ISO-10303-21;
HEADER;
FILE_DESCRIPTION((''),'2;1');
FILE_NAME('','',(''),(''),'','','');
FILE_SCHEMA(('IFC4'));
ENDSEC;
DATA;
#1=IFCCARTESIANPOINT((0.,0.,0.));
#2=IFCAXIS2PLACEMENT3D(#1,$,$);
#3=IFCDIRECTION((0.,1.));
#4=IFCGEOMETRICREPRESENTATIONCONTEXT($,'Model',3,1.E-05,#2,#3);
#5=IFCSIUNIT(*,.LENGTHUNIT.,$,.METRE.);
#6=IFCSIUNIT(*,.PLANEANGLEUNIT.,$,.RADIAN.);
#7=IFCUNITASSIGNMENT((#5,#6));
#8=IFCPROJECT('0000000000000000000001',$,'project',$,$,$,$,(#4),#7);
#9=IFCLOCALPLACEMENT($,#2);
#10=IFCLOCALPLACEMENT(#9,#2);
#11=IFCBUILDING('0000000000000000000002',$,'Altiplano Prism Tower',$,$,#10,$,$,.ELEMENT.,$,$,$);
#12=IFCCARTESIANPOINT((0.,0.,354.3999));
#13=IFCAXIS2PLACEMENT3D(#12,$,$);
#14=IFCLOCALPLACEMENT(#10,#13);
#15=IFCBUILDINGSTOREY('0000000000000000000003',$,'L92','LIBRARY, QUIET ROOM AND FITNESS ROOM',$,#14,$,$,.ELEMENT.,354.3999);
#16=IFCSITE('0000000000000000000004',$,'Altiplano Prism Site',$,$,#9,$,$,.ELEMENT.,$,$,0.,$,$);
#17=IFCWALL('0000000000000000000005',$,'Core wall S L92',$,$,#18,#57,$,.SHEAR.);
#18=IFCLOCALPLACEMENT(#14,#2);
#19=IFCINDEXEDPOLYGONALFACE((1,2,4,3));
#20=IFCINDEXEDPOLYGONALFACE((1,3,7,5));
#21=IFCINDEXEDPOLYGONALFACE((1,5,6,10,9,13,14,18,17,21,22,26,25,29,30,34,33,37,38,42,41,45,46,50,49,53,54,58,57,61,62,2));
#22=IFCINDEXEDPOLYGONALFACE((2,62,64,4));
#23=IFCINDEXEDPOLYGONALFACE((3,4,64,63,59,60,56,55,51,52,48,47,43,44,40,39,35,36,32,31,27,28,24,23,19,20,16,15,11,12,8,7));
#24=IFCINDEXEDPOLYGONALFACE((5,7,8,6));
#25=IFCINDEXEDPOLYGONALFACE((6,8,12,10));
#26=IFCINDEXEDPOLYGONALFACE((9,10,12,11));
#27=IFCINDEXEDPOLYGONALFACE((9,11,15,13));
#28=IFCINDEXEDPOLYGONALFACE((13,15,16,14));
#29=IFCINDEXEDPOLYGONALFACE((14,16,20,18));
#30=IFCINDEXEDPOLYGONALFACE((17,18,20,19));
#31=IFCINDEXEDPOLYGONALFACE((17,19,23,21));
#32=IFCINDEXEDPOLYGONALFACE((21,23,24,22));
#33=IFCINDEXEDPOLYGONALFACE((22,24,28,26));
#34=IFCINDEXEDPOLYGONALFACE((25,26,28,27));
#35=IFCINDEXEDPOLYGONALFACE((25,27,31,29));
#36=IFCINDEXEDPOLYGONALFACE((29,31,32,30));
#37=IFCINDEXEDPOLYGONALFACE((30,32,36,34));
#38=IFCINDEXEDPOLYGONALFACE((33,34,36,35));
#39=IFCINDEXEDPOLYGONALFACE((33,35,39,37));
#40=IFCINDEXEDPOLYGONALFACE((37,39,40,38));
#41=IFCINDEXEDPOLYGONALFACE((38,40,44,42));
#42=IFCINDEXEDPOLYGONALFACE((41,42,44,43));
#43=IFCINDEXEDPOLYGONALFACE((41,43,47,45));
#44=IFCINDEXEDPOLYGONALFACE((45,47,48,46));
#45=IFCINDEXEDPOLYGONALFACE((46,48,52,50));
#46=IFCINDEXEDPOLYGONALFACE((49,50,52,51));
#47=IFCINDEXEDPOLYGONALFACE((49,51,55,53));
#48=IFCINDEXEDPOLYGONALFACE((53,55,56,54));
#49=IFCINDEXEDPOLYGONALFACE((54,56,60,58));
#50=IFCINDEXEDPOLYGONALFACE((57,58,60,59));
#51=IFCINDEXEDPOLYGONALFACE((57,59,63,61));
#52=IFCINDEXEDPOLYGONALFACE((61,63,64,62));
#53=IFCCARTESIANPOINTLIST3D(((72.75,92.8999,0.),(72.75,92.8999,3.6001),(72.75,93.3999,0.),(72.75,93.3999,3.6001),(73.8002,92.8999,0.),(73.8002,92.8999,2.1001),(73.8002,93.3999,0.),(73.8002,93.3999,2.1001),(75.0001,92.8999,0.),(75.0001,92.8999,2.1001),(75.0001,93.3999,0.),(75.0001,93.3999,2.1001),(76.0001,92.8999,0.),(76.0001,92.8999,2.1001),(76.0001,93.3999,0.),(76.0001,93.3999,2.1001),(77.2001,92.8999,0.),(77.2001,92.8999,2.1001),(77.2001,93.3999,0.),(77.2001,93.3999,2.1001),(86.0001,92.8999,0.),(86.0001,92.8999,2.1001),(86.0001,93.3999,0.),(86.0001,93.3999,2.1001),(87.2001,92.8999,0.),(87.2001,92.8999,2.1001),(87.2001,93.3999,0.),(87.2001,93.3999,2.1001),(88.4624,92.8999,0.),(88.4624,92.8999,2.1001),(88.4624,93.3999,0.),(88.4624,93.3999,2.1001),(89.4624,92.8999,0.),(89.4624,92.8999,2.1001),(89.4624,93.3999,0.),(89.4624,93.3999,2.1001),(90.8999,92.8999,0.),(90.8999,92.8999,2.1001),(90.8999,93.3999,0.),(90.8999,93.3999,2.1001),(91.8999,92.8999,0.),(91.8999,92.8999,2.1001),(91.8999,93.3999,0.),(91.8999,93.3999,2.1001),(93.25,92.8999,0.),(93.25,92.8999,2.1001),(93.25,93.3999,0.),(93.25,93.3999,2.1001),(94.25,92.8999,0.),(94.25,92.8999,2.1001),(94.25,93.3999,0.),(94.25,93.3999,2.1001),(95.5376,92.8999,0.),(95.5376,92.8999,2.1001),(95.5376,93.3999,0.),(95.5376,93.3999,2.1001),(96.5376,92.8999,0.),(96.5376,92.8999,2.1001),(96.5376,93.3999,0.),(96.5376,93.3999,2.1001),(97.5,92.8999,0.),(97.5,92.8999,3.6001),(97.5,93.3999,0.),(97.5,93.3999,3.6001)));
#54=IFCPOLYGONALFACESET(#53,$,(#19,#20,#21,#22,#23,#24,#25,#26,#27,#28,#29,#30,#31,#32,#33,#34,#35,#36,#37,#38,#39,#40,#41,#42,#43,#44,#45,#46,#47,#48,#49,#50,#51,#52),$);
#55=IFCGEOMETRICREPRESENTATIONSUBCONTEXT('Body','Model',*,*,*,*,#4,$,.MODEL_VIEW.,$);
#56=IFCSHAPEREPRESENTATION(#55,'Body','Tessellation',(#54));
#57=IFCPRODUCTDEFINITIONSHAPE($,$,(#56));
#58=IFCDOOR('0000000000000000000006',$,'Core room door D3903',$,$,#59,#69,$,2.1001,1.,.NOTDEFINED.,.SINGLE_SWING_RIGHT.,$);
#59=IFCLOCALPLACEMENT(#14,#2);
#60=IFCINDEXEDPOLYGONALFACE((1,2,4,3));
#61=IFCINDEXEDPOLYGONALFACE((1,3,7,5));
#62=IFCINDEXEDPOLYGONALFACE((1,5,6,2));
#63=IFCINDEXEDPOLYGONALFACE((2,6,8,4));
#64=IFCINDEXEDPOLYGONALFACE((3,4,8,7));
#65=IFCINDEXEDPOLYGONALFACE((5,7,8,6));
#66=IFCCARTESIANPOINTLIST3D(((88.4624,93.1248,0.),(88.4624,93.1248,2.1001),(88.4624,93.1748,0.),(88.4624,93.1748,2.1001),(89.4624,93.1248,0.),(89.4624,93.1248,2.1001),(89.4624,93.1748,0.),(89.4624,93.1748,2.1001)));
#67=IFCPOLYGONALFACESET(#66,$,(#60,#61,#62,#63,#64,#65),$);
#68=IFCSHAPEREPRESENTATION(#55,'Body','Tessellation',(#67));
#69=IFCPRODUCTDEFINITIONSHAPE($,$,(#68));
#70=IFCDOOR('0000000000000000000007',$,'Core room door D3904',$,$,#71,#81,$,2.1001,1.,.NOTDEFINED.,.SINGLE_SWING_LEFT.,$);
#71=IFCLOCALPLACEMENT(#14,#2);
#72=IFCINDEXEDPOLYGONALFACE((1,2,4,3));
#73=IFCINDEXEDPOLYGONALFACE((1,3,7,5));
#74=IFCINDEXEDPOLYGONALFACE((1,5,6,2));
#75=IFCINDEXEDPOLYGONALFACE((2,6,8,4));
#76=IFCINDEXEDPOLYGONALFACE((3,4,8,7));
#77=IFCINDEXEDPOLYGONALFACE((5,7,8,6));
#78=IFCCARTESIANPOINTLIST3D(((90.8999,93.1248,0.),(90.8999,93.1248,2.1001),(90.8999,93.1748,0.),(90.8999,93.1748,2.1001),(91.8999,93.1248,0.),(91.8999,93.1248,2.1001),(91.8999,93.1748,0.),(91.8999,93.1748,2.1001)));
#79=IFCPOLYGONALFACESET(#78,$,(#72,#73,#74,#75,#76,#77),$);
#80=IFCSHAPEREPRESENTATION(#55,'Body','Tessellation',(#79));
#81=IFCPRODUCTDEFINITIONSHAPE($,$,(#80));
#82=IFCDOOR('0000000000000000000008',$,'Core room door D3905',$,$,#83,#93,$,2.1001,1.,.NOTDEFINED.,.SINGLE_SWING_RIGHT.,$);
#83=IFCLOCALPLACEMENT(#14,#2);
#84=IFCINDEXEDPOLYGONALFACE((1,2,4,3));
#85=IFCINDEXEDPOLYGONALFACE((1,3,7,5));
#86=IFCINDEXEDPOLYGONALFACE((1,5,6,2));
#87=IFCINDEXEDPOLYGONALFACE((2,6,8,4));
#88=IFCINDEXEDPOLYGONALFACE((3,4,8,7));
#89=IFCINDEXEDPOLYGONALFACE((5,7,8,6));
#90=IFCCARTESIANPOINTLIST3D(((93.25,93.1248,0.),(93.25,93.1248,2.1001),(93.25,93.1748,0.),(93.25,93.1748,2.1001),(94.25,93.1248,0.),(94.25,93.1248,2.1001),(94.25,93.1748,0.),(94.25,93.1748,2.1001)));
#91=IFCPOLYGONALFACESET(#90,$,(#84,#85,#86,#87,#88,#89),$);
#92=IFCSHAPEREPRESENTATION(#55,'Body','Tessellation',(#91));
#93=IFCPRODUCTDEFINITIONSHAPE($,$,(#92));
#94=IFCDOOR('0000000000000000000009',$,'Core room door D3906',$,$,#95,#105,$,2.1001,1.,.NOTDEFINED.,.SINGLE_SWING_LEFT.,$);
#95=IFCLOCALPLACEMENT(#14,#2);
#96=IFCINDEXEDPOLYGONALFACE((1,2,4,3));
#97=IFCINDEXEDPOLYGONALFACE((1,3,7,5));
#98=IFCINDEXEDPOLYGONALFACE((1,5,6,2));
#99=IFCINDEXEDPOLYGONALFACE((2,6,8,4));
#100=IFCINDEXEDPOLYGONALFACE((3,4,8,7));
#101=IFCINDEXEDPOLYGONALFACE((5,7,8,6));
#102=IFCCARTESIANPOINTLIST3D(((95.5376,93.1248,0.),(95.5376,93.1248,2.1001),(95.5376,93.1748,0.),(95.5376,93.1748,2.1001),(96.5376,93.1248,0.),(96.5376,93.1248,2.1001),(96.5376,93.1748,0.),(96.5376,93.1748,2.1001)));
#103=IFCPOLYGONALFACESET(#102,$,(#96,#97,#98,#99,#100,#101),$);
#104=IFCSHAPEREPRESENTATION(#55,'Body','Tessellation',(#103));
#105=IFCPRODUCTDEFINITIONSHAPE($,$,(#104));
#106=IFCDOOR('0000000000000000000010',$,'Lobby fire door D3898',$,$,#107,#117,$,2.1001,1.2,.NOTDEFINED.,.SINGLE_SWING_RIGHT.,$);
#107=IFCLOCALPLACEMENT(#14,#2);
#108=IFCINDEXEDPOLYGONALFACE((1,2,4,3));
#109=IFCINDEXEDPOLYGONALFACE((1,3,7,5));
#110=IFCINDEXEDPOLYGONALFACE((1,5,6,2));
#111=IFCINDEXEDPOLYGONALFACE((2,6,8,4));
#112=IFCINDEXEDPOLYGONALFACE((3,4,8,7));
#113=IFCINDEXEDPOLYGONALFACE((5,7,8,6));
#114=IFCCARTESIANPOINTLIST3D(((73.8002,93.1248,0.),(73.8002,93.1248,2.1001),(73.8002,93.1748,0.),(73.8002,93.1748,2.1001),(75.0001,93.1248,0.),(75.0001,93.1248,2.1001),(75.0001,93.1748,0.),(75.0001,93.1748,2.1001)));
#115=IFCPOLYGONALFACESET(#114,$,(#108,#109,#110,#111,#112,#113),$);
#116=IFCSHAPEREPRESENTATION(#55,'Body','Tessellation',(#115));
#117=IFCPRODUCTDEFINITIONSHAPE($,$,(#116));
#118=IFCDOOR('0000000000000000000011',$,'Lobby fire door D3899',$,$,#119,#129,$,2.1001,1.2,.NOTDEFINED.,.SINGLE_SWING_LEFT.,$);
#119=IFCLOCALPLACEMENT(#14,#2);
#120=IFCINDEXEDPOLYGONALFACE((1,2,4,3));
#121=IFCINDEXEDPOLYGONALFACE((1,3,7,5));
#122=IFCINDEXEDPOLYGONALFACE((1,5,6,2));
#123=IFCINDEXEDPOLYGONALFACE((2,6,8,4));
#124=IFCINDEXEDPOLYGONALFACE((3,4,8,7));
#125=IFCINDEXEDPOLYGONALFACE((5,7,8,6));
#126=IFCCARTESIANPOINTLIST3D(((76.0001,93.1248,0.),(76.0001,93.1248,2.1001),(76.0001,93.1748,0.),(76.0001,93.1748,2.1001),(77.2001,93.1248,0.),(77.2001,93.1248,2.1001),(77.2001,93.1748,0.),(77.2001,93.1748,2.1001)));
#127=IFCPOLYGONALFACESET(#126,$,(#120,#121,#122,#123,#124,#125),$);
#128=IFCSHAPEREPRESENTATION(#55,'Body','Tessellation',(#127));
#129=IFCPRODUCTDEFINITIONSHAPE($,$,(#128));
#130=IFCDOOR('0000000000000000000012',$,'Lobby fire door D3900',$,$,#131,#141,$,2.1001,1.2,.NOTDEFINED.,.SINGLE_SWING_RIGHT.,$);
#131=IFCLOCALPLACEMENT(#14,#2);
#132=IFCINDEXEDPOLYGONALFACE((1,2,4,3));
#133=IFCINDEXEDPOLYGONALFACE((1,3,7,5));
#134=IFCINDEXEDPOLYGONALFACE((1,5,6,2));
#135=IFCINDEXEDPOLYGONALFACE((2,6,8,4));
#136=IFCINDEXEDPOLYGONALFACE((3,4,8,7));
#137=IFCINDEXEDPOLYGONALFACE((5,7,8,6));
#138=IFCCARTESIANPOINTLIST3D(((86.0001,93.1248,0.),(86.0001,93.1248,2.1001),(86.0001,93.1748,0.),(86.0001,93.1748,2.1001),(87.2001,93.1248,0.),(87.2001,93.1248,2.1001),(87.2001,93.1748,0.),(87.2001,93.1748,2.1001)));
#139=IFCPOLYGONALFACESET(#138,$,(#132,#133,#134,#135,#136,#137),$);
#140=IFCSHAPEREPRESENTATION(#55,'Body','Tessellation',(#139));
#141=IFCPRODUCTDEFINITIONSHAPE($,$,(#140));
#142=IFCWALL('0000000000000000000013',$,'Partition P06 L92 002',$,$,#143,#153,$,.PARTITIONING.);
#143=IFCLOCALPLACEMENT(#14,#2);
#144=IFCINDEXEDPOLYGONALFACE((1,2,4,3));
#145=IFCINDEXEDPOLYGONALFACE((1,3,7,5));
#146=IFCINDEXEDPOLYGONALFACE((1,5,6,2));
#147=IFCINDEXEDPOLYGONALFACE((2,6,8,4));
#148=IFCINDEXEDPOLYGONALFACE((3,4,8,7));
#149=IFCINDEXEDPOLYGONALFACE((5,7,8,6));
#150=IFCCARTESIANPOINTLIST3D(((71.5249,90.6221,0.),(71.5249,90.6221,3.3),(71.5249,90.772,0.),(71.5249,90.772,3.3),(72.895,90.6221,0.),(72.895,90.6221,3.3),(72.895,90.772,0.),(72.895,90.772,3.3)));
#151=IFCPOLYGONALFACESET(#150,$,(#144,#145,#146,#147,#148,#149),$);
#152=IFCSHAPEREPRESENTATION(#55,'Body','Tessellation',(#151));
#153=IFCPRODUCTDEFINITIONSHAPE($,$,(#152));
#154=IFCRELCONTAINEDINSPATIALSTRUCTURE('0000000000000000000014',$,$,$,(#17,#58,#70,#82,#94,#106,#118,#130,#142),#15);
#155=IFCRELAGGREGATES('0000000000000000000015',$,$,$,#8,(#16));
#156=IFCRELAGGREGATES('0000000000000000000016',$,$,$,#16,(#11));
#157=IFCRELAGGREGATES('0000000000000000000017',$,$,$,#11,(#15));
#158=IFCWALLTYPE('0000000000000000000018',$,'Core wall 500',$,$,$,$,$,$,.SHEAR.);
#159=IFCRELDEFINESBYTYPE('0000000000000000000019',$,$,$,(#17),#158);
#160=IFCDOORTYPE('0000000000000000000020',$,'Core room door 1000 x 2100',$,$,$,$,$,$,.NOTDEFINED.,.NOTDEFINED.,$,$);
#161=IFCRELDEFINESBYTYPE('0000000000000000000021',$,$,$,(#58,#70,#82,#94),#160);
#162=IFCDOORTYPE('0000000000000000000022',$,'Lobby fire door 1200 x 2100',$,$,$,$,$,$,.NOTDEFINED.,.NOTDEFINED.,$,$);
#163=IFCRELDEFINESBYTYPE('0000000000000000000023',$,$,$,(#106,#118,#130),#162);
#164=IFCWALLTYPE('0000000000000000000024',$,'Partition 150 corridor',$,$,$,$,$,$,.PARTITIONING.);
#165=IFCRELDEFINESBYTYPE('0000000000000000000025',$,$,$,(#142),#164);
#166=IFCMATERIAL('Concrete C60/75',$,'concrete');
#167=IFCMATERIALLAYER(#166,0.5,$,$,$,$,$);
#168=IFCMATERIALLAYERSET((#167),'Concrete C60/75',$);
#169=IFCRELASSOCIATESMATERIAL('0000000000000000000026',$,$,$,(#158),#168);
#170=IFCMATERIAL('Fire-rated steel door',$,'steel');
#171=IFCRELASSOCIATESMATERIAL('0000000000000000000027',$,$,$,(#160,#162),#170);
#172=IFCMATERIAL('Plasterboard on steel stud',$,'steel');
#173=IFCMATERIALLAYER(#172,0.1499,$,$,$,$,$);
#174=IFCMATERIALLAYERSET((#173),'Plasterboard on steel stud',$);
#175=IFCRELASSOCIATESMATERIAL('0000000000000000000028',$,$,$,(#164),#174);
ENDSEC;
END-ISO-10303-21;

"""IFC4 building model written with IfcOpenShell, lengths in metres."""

from ifc_helpers import new_model, si_unit, direction, frame, frame_2d, origin, place, context, subcontext, project, spatial, rectangle, extrude, material, layer, layer_set, type_object, element, fill, save


model = new_model("IFC4")

# Units and contexts
model_context = context("Model", 3, precision=1e-05, world=origin(), true_north=direction((0.0, 1.0)))
body_context = subcontext(model_context, "Body", "Model", "MODEL_VIEW")
ifc_project = project(units=[si_unit("LENGTHUNIT", "METRE"), si_unit("PLANEANGLEUNIT", "RADIAN")], contexts=[model_context])

# Site, building, storey
site_placement = place(None, origin())
site = spatial("IfcSite", under=ifc_project, at=site_placement, Name="Altiplano Prism Site", CompositionType="ELEMENT", RefElevation=0.0)
building_placement = place(site_placement, origin())
building = spatial("IfcBuilding", under=site, at=building_placement, Name="Altiplano Prism Tower", CompositionType="ELEMENT")
storey_placement = place(building_placement, frame((0.0, 0.0, 354.3999)))
storey = spatial("IfcBuildingStorey", under=building, at=storey_placement, Name="L92", Description="LIBRARY, QUIET ROOM AND FITNESS ROOM", CompositionType="ELEMENT", Elevation=354.3999)

# Shared definitions
ifc_material_1 = material(Name="Concrete C60/75", Category="concrete")

# Wall, openings, doors
ifc_layer_1 = layer(ifc_material_1, 0.5)
ifc_layer_set_1 = layer_set([ifc_layer_1], Name="Concrete C60/75")
wall_type_1 = type_object("IfcWallType", Name="Core wall 500", PredefinedType="SHEAR", material=ifc_layer_set_1)
wall_1_placement = place(storey_placement, frame((72.75, 93.1499, 0.0), z_axis=(0.0, 0.0, 1.0), x_axis=(1.0, 0.0, 0.0)))
wall_1 = element("IfcWall", 1, at=wall_1_placement, inside=storey, type_object=wall_type_1, Name="Core wall S L92", PredefinedType="SHEAR", context=body_context, shape_type="SweptSolid", body=[
    extrude(rectangle(XDim=24.75, YDim=0.5, at=frame_2d((12.375, 0.0))), origin(), (0.0, 0.0, 1.0), 3.6001),
])
opening_1_placement = place(wall_1_placement, frame((1.05, 0.0, 0.0)))
opening_1 = element("IfcOpeningElement", 2, at=opening_1_placement, cuts=wall_1, PredefinedType="OPENING", context=body_context, shape_type="SweptSolid", body=[
    extrude(rectangle(XDim=1.2, YDim=2.1001, at=frame_2d((0.6001, 1.05))), frame((0.0, 0.2605, 0.0), z_axis=(0.0, -1.0, 0.0), x_axis=(1.0, 0.0, 0.0)), (0.0, 0.0, 1.0), 0.521),
])
opening_2_placement = place(wall_1_placement, frame((3.25, 0.0, 0.0)))
opening_2 = element("IfcOpeningElement", 3, at=opening_2_placement, cuts=wall_1, PredefinedType="OPENING", context=body_context, shape_type="SweptSolid", body=[
    extrude(rectangle(XDim=1.2, YDim=2.1001, at=frame_2d((0.6001, 1.05))), frame((0.0, 0.2605, 0.0), z_axis=(0.0, -1.0, 0.0), x_axis=(1.0, 0.0, 0.0)), (0.0, 0.0, 1.0), 0.521),
])
opening_3_placement = place(wall_1_placement, frame((13.25, 0.0, 0.0)))
opening_3 = element("IfcOpeningElement", 4, at=opening_3_placement, cuts=wall_1, PredefinedType="OPENING", context=body_context, shape_type="SweptSolid", body=[
    extrude(rectangle(XDim=1.2, YDim=2.1001, at=frame_2d((0.6001, 1.05))), frame((0.0, 0.2605, 0.0), z_axis=(0.0, -1.0, 0.0), x_axis=(1.0, 0.0, 0.0)), (0.0, 0.0, 1.0), 0.521),
])
opening_4_placement = place(wall_1_placement, frame((15.7124, 0.0, 0.0)))
opening_4 = element("IfcOpeningElement", 5, at=opening_4_placement, cuts=wall_1, PredefinedType="OPENING", context=body_context, shape_type="SweptSolid", body=[
    extrude(rectangle(XDim=1.0, YDim=2.1001, at=frame_2d((0.5, 1.05))), frame((0.0, 0.2605, 0.0), z_axis=(0.0, -1.0, 0.0), x_axis=(1.0, 0.0, 0.0)), (0.0, 0.0, 1.0), 0.521),
])
opening_5_placement = place(wall_1_placement, frame((18.1499, 0.0, 0.0)))
opening_5 = element("IfcOpeningElement", 6, at=opening_5_placement, cuts=wall_1, PredefinedType="OPENING", context=body_context, shape_type="SweptSolid", body=[
    extrude(rectangle(XDim=1.0, YDim=2.1001, at=frame_2d((0.5, 1.05))), frame((0.0, 0.2605, 0.0), z_axis=(0.0, -1.0, 0.0), x_axis=(1.0, 0.0, 0.0)), (0.0, 0.0, 1.0), 0.521),
])
opening_6_placement = place(wall_1_placement, frame((20.5, 0.0, 0.0)))
opening_6 = element("IfcOpeningElement", 7, at=opening_6_placement, cuts=wall_1, PredefinedType="OPENING", context=body_context, shape_type="SweptSolid", body=[
    extrude(rectangle(XDim=1.0, YDim=2.1001, at=frame_2d((0.5, 1.05))), frame((0.0, 0.2605, 0.0), z_axis=(0.0, -1.0, 0.0), x_axis=(1.0, 0.0, 0.0)), (0.0, 0.0, 1.0), 0.521),
])
opening_7_placement = place(wall_1_placement, frame((22.7876, 0.0, 0.0)))
opening_7 = element("IfcOpeningElement", 8, at=opening_7_placement, cuts=wall_1, PredefinedType="OPENING", context=body_context, shape_type="SweptSolid", body=[
    extrude(rectangle(XDim=1.0, YDim=2.1001, at=frame_2d((0.5, 1.05))), frame((0.0, 0.2605, 0.0), z_axis=(0.0, -1.0, 0.0), x_axis=(1.0, 0.0, 0.0)), (0.0, 0.0, 1.0), 0.521),
])
ifc_material_2 = material(Name="Fire-rated steel door", Category="steel")
door_type_1 = type_object("IfcDoorType", Name="Core room door 1000 x 2100", OperationType="NOTDEFINED", PredefinedType="NOTDEFINED", material=ifc_material_2)
door_1_placement = place(opening_4_placement, origin())
door_1 = element("IfcDoor", 9, at=door_1_placement, inside=storey, type_object=door_type_1, Name="Core room door D3903", OperationType="SINGLE_SWING_RIGHT", OverallHeight=2.1001, OverallWidth=1.0, PredefinedType="NOTDEFINED", context=body_context, shape_type="SweptSolid", body=[
    extrude(rectangle(XDim=1.0, YDim=2.1001, at=frame_2d((0.5, 1.05))), frame((0.0, 0.0249, 0.0), z_axis=(0.0, -1.0, 0.0), x_axis=(1.0, 0.0, 0.0)), (0.0, 0.0, 1.0), 0.05),
])
fill(opening_4, door_1)
door_2_placement = place(opening_5_placement, origin())
door_2 = element("IfcDoor", 10, at=door_2_placement, inside=storey, type_object=door_type_1, Name="Core room door D3904", OperationType="SINGLE_SWING_LEFT", OverallHeight=2.1001, OverallWidth=1.0, PredefinedType="NOTDEFINED", context=body_context, shape_type="SweptSolid", body=[
    extrude(rectangle(XDim=1.0, YDim=2.1001, at=frame_2d((0.5, 1.05))), frame((0.0, 0.0249, 0.0), z_axis=(0.0, -1.0, 0.0), x_axis=(1.0, 0.0, 0.0)), (0.0, 0.0, 1.0), 0.05),
])
fill(opening_5, door_2)
door_3_placement = place(opening_6_placement, origin())
door_3 = element("IfcDoor", 11, at=door_3_placement, inside=storey, type_object=door_type_1, Name="Core room door D3905", OperationType="SINGLE_SWING_RIGHT", OverallHeight=2.1001, OverallWidth=1.0, PredefinedType="NOTDEFINED", context=body_context, shape_type="SweptSolid", body=[
    extrude(rectangle(XDim=1.0, YDim=2.1001, at=frame_2d((0.5, 1.05))), frame((0.0, 0.0249, 0.0), z_axis=(0.0, -1.0, 0.0), x_axis=(1.0, 0.0, 0.0)), (0.0, 0.0, 1.0), 0.05),
])
fill(opening_6, door_3)
door_4_placement = place(opening_7_placement, origin())
door_4 = element("IfcDoor", 12, at=door_4_placement, inside=storey, type_object=door_type_1, Name="Core room door D3906", OperationType="SINGLE_SWING_LEFT", OverallHeight=2.1001, OverallWidth=1.0, PredefinedType="NOTDEFINED", context=body_context, shape_type="SweptSolid", body=[
    extrude(rectangle(XDim=1.0, YDim=2.1001, at=frame_2d((0.5, 1.05))), frame((0.0, 0.0249, 0.0), z_axis=(0.0, -1.0, 0.0), x_axis=(1.0, 0.0, 0.0)), (0.0, 0.0, 1.0), 0.05),
])
fill(opening_7, door_4)
door_type_2 = type_object("IfcDoorType", Name="Lobby fire door 1200 x 2100", OperationType="NOTDEFINED", PredefinedType="NOTDEFINED", material=ifc_material_2)
door_5_placement = place(opening_1_placement, origin())
door_5 = element("IfcDoor", 13, at=door_5_placement, inside=storey, type_object=door_type_2, Name="Lobby fire door D3898", OperationType="SINGLE_SWING_RIGHT", OverallHeight=2.1001, OverallWidth=1.2, PredefinedType="NOTDEFINED", context=body_context, shape_type="SweptSolid", body=[
    extrude(rectangle(XDim=1.2, YDim=2.1001, at=frame_2d((0.6001, 1.05))), frame((0.0, 0.0249, 0.0), z_axis=(0.0, -1.0, 0.0), x_axis=(1.0, 0.0, 0.0)), (0.0, 0.0, 1.0), 0.05),
])
fill(opening_1, door_5)
door_6_placement = place(opening_2_placement, origin())
door_6 = element("IfcDoor", 14, at=door_6_placement, inside=storey, type_object=door_type_2, Name="Lobby fire door D3899", OperationType="SINGLE_SWING_LEFT", OverallHeight=2.1001, OverallWidth=1.2, PredefinedType="NOTDEFINED", context=body_context, shape_type="SweptSolid", body=[
    extrude(rectangle(XDim=1.2, YDim=2.1001, at=frame_2d((0.6001, 1.05))), frame((0.0, 0.0249, 0.0), z_axis=(0.0, -1.0, 0.0), x_axis=(1.0, 0.0, 0.0)), (0.0, 0.0, 1.0), 0.05),
])
fill(opening_2, door_6)
door_7_placement = place(opening_3_placement, origin())
door_7 = element("IfcDoor", 15, at=door_7_placement, inside=storey, type_object=door_type_2, Name="Lobby fire door D3900", OperationType="SINGLE_SWING_RIGHT", OverallHeight=2.1001, OverallWidth=1.2, PredefinedType="NOTDEFINED", context=body_context, shape_type="SweptSolid", body=[
    extrude(rectangle(XDim=1.2, YDim=2.1001, at=frame_2d((0.6001, 1.05))), frame((0.0, 0.0249, 0.0), z_axis=(0.0, -1.0, 0.0), x_axis=(1.0, 0.0, 0.0)), (0.0, 0.0, 1.0), 0.05),
])
fill(opening_3, door_7)

# Wall
ifc_material_3 = material(Name="Plasterboard on steel stud", Category="steel")
ifc_layer_2 = layer(ifc_material_3, 0.1499)
ifc_layer_set_2 = layer_set([ifc_layer_2], Name="Plasterboard on steel stud")
wall_type_2 = type_object("IfcWallType", Name="Partition 150 corridor", PredefinedType="PARTITIONING", material=ifc_layer_set_2)
wall_2_placement = place(storey_placement, frame((71.5249, 90.697, 0.0), z_axis=(0.0, 0.0, 1.0), x_axis=(1.0, 0.0, 0.0)))
element("IfcWall", 16, at=wall_2_placement, inside=storey, type_object=wall_type_2, Name="Partition P06 L92 002", PredefinedType="PARTITIONING", context=body_context, shape_type="SweptSolid", body=[
    extrude(rectangle(XDim=1.3701, YDim=0.1499, at=frame_2d((0.6851, 0.0))), origin(), (0.0, 0.0, 1.0), 3.3),
])

save(model, "model.ifc")
